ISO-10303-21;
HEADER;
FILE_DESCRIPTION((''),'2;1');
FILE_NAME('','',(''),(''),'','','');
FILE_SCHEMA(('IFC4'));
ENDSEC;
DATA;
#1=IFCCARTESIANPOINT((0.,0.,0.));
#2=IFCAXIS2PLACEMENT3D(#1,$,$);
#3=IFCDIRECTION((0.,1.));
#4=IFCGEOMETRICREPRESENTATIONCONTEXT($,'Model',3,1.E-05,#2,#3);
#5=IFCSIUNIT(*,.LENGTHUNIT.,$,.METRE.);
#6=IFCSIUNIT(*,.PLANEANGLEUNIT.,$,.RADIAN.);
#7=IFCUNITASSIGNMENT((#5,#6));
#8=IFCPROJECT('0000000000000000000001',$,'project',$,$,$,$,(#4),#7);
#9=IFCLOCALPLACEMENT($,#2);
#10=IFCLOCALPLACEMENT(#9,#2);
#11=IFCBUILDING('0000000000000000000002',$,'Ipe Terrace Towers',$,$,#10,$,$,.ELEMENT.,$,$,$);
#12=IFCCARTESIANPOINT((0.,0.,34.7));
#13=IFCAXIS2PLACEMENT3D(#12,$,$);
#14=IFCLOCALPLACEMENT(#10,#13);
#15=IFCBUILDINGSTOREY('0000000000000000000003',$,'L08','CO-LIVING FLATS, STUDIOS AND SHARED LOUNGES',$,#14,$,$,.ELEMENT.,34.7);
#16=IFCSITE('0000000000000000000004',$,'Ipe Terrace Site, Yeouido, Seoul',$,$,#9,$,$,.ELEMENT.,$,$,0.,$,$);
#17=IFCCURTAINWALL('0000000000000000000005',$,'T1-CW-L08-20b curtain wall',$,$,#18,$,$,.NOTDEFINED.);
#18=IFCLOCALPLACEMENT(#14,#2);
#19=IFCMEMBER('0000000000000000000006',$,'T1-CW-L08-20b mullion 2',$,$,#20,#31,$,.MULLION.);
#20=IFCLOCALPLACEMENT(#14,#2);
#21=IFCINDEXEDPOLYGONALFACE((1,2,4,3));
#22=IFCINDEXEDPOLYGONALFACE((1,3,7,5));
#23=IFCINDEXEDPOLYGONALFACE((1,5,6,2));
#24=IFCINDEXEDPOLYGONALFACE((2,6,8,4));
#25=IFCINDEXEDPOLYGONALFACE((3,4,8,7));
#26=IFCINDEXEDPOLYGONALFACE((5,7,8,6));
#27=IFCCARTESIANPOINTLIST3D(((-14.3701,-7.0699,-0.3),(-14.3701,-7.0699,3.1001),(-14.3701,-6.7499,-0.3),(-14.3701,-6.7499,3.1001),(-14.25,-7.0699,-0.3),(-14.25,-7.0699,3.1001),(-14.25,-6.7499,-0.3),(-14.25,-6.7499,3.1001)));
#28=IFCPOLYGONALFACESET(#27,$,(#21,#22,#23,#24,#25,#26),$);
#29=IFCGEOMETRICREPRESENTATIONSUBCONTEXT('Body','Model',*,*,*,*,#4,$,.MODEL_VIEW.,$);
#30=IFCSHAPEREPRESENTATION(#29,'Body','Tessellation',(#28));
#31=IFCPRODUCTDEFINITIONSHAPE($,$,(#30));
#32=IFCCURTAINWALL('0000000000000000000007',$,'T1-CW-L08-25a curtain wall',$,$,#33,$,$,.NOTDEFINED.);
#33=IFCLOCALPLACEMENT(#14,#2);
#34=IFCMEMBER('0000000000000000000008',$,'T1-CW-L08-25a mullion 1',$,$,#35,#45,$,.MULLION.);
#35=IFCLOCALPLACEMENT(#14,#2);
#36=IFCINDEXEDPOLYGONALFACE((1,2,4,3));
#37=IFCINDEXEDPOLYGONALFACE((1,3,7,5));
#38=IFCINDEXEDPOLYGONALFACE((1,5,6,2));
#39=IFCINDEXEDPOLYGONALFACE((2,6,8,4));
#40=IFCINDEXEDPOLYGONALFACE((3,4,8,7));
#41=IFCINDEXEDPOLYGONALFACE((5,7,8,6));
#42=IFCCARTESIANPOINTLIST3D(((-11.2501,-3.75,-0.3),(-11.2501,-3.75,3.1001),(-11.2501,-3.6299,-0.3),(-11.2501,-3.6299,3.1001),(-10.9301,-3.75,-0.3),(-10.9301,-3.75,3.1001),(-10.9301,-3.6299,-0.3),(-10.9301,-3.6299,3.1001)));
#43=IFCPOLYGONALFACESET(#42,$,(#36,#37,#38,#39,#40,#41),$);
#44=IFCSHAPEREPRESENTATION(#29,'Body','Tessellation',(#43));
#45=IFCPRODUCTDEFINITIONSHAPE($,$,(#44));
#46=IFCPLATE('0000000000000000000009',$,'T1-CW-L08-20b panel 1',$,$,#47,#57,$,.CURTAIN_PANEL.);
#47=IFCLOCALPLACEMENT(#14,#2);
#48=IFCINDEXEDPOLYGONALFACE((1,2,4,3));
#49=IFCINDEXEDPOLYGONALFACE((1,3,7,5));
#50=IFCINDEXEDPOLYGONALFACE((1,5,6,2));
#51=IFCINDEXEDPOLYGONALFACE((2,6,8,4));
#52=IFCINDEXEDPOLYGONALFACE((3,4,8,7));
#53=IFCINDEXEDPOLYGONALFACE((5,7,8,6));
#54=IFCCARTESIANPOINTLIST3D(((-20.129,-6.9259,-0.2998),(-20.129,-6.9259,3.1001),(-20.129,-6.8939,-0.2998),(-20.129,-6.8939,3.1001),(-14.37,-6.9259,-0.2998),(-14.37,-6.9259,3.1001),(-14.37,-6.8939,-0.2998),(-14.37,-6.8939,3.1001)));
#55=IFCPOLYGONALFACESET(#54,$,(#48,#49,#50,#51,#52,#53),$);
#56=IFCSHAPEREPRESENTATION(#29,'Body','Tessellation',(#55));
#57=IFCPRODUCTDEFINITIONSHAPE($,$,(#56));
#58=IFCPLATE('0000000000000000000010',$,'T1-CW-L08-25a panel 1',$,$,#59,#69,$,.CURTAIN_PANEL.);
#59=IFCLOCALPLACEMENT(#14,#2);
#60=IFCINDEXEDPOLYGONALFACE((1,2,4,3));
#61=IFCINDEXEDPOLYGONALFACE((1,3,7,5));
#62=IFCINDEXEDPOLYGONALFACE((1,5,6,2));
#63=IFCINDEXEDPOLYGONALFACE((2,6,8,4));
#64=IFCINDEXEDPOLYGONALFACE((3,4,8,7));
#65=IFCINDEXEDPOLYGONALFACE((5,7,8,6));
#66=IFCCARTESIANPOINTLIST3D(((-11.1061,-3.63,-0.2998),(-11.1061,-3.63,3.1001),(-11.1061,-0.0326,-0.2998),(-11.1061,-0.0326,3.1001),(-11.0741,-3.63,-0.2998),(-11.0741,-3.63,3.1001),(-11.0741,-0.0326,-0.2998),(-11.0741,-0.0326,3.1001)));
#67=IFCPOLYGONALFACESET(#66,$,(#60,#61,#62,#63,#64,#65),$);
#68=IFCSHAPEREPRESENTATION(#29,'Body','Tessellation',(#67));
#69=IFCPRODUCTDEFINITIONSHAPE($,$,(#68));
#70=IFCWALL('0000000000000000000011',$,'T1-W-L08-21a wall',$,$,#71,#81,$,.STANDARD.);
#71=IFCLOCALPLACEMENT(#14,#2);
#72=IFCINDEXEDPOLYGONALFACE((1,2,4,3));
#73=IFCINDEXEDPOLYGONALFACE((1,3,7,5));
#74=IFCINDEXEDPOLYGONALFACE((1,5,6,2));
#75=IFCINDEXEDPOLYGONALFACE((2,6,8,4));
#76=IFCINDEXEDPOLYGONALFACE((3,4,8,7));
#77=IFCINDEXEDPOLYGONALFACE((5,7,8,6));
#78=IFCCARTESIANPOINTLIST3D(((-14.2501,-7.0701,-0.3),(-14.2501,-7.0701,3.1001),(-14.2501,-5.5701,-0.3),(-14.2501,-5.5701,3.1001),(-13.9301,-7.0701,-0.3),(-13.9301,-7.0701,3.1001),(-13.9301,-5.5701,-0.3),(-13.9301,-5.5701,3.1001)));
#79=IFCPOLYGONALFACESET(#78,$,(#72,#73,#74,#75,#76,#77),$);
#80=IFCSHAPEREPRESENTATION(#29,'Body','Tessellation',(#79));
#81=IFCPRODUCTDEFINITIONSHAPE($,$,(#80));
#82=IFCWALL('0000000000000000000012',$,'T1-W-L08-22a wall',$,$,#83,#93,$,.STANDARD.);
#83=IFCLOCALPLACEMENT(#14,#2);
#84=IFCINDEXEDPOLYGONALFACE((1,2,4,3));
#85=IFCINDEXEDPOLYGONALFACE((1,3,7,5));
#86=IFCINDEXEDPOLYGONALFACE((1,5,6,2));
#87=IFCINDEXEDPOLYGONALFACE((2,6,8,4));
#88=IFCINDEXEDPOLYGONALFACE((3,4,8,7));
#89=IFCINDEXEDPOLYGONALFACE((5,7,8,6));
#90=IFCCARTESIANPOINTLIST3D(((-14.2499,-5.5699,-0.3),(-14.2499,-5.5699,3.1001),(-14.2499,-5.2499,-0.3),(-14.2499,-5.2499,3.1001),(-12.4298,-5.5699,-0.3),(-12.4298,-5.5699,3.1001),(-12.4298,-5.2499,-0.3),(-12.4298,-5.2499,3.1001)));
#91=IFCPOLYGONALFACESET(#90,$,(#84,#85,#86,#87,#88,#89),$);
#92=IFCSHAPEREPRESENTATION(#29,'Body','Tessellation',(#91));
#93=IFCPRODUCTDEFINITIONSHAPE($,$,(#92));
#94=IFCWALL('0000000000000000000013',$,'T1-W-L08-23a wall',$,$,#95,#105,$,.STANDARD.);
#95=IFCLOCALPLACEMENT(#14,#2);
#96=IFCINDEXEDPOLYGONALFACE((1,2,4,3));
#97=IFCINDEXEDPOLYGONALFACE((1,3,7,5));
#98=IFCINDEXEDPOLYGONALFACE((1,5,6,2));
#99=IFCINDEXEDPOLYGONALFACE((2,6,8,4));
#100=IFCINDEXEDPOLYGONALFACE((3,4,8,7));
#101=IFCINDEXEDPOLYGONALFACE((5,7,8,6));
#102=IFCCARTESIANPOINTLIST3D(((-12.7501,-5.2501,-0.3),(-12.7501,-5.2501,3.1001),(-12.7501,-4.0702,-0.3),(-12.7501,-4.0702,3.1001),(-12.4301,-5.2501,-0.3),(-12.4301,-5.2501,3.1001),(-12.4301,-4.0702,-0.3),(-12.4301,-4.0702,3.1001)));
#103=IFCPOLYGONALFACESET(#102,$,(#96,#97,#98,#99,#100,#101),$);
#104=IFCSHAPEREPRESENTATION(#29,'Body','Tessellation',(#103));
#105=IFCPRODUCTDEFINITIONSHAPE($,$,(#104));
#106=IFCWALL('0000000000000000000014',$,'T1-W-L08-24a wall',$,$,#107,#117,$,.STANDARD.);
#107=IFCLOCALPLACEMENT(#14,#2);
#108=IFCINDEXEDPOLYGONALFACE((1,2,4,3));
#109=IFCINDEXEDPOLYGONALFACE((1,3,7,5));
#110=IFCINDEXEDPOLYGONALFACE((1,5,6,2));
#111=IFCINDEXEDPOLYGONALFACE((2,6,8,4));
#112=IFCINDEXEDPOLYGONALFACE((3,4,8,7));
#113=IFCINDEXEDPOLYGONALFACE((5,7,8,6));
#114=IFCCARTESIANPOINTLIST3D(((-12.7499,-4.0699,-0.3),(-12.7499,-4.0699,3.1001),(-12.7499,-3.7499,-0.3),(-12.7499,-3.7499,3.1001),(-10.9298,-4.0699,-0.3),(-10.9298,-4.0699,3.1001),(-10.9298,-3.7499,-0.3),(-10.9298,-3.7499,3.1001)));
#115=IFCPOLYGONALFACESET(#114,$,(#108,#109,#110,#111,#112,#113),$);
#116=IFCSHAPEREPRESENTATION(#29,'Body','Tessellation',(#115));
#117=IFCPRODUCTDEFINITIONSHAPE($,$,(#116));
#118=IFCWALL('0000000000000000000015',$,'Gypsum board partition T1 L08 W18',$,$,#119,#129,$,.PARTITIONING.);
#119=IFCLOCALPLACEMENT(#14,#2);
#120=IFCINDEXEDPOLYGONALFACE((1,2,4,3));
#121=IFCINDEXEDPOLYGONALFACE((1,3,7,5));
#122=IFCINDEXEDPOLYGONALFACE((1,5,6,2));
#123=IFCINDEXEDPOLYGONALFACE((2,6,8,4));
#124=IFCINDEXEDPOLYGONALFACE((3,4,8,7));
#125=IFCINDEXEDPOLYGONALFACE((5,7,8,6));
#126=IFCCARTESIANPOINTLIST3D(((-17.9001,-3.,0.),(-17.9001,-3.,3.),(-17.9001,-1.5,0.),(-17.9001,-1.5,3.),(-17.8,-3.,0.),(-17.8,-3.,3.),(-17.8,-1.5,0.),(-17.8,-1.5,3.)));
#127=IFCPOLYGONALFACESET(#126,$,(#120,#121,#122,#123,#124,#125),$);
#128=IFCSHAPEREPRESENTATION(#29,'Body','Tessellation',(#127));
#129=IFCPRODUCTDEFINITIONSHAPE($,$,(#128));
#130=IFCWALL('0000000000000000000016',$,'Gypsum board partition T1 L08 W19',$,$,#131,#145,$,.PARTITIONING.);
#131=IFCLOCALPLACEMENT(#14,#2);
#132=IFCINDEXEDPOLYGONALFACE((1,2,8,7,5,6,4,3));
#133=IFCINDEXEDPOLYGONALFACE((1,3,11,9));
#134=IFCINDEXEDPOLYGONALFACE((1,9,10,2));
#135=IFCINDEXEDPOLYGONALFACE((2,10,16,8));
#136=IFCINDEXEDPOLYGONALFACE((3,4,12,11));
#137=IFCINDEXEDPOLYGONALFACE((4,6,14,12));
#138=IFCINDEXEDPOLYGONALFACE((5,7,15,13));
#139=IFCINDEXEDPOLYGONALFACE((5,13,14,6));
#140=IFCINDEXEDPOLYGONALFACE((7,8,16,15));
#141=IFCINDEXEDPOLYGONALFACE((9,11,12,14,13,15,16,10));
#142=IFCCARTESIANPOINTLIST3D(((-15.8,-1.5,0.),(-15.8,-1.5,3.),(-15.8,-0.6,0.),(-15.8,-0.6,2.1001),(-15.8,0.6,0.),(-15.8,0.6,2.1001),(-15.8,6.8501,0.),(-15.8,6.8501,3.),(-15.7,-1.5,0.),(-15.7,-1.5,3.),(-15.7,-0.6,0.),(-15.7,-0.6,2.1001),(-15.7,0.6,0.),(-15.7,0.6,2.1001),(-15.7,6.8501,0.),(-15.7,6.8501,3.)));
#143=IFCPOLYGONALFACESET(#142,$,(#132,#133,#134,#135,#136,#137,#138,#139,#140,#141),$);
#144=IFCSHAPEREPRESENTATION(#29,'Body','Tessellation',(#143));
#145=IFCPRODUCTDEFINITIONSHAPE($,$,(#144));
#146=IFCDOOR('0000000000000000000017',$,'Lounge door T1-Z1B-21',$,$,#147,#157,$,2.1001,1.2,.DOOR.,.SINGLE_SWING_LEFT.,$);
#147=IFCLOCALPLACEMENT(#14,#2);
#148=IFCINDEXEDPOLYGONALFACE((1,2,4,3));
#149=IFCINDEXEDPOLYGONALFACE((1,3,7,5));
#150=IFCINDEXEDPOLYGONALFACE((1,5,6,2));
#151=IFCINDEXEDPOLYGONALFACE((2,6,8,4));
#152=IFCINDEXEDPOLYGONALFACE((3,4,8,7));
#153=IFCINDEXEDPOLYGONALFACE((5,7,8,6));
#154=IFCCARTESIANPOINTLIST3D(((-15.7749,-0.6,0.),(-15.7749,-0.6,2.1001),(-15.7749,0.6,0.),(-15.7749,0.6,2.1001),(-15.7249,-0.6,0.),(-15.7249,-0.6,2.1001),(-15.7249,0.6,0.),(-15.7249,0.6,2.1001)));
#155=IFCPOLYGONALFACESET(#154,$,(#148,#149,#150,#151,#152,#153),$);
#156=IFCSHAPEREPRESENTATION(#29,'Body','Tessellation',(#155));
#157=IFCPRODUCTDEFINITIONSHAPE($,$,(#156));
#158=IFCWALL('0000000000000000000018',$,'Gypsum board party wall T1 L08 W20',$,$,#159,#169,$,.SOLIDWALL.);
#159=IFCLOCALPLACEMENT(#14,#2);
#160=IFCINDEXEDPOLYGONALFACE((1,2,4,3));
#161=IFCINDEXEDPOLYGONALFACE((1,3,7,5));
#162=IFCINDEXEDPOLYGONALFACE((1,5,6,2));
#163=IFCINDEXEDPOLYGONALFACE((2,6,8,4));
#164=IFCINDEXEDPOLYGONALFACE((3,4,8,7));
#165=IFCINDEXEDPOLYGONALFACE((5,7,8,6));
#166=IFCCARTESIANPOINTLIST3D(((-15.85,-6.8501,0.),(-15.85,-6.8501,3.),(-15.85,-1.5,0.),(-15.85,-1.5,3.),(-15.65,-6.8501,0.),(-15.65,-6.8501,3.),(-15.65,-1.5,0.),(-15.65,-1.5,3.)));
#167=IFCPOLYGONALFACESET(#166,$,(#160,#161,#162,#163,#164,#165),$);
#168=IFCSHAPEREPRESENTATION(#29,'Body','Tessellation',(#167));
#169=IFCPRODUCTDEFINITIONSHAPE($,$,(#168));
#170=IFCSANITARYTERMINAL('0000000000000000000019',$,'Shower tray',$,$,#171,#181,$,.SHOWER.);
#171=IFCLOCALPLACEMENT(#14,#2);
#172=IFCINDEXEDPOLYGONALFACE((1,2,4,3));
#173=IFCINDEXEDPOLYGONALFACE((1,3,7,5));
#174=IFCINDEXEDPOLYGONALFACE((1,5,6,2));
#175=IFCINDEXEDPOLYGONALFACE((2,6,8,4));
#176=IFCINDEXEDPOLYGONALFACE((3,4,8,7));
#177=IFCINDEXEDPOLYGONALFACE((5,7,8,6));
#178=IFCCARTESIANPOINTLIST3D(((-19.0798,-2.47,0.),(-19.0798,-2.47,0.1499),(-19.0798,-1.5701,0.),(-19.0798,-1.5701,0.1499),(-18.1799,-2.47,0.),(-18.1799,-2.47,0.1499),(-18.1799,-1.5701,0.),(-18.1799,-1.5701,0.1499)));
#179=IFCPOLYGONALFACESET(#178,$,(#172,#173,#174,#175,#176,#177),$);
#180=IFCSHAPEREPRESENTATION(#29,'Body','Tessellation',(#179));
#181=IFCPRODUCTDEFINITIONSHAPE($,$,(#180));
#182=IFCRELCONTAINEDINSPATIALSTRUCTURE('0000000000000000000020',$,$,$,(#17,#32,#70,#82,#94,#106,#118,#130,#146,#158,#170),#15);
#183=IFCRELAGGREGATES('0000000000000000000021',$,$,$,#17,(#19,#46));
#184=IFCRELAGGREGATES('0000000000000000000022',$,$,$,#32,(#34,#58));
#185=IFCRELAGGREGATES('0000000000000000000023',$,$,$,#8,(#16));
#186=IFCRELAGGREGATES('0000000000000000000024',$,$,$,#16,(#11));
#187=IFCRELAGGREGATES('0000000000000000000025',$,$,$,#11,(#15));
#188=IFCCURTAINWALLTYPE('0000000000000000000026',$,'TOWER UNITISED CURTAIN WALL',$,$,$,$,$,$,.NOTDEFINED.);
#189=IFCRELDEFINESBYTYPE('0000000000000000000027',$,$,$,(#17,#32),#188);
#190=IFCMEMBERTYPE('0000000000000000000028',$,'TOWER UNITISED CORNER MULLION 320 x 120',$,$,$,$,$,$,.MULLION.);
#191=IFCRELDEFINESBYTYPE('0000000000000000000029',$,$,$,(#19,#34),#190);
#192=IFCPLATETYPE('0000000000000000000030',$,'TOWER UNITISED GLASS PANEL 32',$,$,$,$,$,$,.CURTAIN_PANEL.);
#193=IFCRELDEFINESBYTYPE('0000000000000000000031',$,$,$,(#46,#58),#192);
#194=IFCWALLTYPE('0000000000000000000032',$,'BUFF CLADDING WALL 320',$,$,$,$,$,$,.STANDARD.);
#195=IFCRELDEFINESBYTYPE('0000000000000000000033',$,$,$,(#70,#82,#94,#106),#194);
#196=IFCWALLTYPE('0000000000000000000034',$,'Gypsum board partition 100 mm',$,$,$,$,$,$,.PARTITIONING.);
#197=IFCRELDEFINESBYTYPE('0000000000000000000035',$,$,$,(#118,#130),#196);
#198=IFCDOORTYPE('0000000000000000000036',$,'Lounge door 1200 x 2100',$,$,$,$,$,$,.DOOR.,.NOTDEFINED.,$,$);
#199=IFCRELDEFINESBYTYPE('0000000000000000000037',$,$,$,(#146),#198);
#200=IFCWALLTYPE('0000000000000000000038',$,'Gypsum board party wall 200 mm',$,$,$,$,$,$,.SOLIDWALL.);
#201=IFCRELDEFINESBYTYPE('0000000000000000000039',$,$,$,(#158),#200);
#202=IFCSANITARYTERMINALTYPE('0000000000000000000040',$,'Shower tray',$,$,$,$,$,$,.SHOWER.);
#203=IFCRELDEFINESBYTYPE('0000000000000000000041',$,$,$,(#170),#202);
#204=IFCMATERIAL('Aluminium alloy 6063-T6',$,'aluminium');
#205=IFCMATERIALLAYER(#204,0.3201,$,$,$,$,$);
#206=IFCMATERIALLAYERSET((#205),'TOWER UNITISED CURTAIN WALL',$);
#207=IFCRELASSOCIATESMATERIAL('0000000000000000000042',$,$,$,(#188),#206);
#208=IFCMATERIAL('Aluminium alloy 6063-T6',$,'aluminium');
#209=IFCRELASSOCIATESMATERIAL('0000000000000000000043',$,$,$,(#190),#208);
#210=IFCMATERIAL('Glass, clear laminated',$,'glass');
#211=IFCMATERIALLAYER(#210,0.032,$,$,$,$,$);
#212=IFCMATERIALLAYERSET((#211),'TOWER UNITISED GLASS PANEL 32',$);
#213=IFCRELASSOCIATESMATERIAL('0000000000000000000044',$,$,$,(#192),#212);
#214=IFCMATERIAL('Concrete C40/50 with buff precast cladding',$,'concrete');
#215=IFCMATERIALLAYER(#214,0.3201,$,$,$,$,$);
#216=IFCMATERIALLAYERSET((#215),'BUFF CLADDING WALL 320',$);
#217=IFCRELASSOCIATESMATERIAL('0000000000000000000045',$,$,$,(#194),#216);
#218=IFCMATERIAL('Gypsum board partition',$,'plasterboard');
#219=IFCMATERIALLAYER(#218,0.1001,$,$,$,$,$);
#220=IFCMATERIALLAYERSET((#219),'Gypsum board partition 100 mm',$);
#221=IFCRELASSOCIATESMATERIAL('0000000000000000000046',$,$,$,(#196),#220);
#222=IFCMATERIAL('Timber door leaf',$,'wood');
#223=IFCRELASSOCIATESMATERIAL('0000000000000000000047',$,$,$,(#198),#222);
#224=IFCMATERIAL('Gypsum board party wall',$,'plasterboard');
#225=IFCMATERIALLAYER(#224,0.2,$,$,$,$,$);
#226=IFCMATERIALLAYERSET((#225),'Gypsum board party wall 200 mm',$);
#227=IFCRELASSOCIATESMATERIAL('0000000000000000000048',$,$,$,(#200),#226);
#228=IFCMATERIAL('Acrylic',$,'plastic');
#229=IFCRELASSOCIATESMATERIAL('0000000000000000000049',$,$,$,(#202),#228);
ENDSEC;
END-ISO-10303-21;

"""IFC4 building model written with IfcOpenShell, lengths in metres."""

from ifc_helpers import new_model, si_unit, direction, frame, frame_2d, origin, origin_2d, place, context, subcontext, project, spatial, rectangle, extrude, material, layer, layer_set, material_profile, profile_set, type_object, element, fill, aggregate, save


model = new_model("IFC4")

# Units and contexts
model_context = context("Model", 3, precision=1e-05, world=origin(), true_north=direction((0.0, 1.0)))
body_context = subcontext(model_context, "Body", "Model", "MODEL_VIEW")
ifc_project = project(units=[si_unit("LENGTHUNIT", "METRE"), si_unit("PLANEANGLEUNIT", "RADIAN")], contexts=[model_context])

# Site, building, storey
site_placement = place(None, origin())
site = spatial("IfcSite", under=ifc_project, at=site_placement, Name="Ipe Terrace Site, Yeouido, Seoul", CompositionType="ELEMENT", RefElevation=0.0)
building_placement = place(site_placement, origin())
building = spatial("IfcBuilding", under=site, at=building_placement, Name="Ipe Terrace Towers", CompositionType="ELEMENT")
storey_placement = place(building_placement, frame((0.0, 0.0, 34.7)))
storey = spatial("IfcBuildingStorey", under=building, at=storey_placement, Name="L08", Description="CO-LIVING FLATS, STUDIOS AND SHARED LOUNGES", CompositionType="ELEMENT", Elevation=34.7)

# Curtain walls, members
ifc_material_1 = material(Name="Aluminium alloy 6063-T6", Category="aluminium")
ifc_layer_1 = layer(ifc_material_1, 0.3201)
ifc_layer_set_1 = layer_set([ifc_layer_1], Name="TOWER UNITISED CURTAIN WALL")
curtain_wall_type = type_object("IfcCurtainWallType", Name="TOWER UNITISED CURTAIN WALL", PredefinedType="NOTDEFINED", material=ifc_layer_set_1)
curtain_wall_1_placement = place(storey_placement, origin())
curtain_wall_1 = element("IfcCurtainWall", 1, at=curtain_wall_1_placement, inside=storey, type_object=curtain_wall_type, Name="T1-CW-L08-20b curtain wall", PredefinedType="NOTDEFINED")
ifc_material_2 = material(Name="Aluminium alloy 6063-T6", Category="aluminium")
ifc_material_profile_1 = material_profile(ifc_material_2, rectangle(XDim=0.3201, YDim=0.1201, at=origin_2d()), Name="TOWER UNITISED CORNER MULLION 320 x 120")
ifc_profile_set_1 = profile_set([ifc_material_profile_1], Name="Aluminium alloy 6063-T6")
member_type = type_object("IfcMemberType", Name="TOWER UNITISED CORNER MULLION 320 x 120", PredefinedType="MULLION", material=ifc_profile_set_1)
member_1_placement = place(storey_placement, frame((-14.3101, -6.9099, -0.3), z_axis=(0.0, 0.0, 1.0), x_axis=(0.0, -1.0, 0.0)))
member_1 = element("IfcMember", 2, at=member_1_placement, type_object=member_type, Name="T1-CW-L08-20b mullion 2", PredefinedType="MULLION", context=body_context, shape_type="SweptSolid", body=[
    extrude(rectangle(XDim=0.3201, YDim=0.1201, at=origin_2d()), origin(), (0.0, 0.0, 1.0), 3.4001),
])
curtain_wall_2_placement = place(storey_placement, origin())
curtain_wall_2 = element("IfcCurtainWall", 3, at=curtain_wall_2_placement, inside=storey, type_object=curtain_wall_type, Name="T1-CW-L08-25a curtain wall", PredefinedType="NOTDEFINED")
member_2_placement = place(storey_placement, frame((-11.0901, -3.6899, -0.3), z_axis=(0.0, 0.0, 1.0), x_axis=(1.0, 0.0, 0.0)))
member_2 = element("IfcMember", 4, at=member_2_placement, type_object=member_type, Name="T1-CW-L08-25a mullion 1", PredefinedType="MULLION", context=body_context, shape_type="SweptSolid", body=[
    extrude(rectangle(XDim=0.3201, YDim=0.1201, at=origin_2d()), origin(), (0.0, 0.0, 1.0), 3.4001),
])

# Plates
ifc_material_3 = material(Name="Glass, clear laminated", Category="glass")
ifc_layer_2 = layer(ifc_material_3, 0.032)
ifc_layer_set_2 = layer_set([ifc_layer_2], Name="TOWER UNITISED GLASS PANEL 32")
plate_type = type_object("IfcPlateType", Name="TOWER UNITISED GLASS PANEL 32", PredefinedType="CURTAIN_PANEL", material=ifc_layer_set_2)
plate_1_placement = place(storey_placement, frame((-17.2495, -6.9099, -0.2998), z_axis=(0.0, 0.0, 1.0), x_axis=(1.0, 0.0, 0.0)))
plate_1 = element("IfcPlate", 5, at=plate_1_placement, type_object=plate_type, Name="T1-CW-L08-20b panel 1", PredefinedType="CURTAIN_PANEL", context=body_context, shape_type="SweptSolid", body=[
    extrude(rectangle(XDim=5.759, YDim=0.032, at=origin_2d()), origin(), (0.0, 0.0, 1.0), 3.3999),
])
aggregate(curtain_wall_1, [member_1, plate_1])
plate_2_placement = place(storey_placement, frame((-11.0901, -1.8313, -0.2998), z_axis=(0.0, 0.0, 1.0), x_axis=(0.0, 1.0, 0.0)))
plate_2 = element("IfcPlate", 6, at=plate_2_placement, type_object=plate_type, Name="T1-CW-L08-25a panel 1", PredefinedType="CURTAIN_PANEL", context=body_context, shape_type="SweptSolid", body=[
    extrude(rectangle(XDim=3.5974, YDim=0.032, at=origin_2d()), origin(), (0.0, 0.0, 1.0), 3.3999),
])
aggregate(curtain_wall_2, [member_2, plate_2])

# Walls
ifc_material_4 = material(Name="Concrete C40/50 with buff precast cladding", Category="concrete")
ifc_layer_3 = layer(ifc_material_4, 0.3201)
ifc_layer_set_3 = layer_set([ifc_layer_3], Name="BUFF CLADDING WALL 320")
wall_type_1 = type_object("IfcWallType", Name="BUFF CLADDING WALL 320", PredefinedType="STANDARD", material=ifc_layer_set_3)
wall_1_placement = place(storey_placement, frame((-14.0901, -7.0701, -0.3), z_axis=(0.0, 0.0, 1.0), x_axis=(0.0, 1.0, 0.0)))
element("IfcWall", 7, at=wall_1_placement, inside=storey, type_object=wall_type_1, Name="T1-W-L08-21a wall", PredefinedType="STANDARD", context=body_context, shape_type="SweptSolid", body=[
    extrude(rectangle(XDim=1.5, YDim=0.3201, at=frame_2d((0.75, 0.0))), origin(), (0.0, 0.0, 1.0), 3.4001),
])
wall_2_placement = place(storey_placement, frame((-14.25, -5.4099, -0.3), z_axis=(0.0, 0.0, 1.0), x_axis=(1.0, 0.0, 0.0)))
element("IfcWall", 8, at=wall_2_placement, inside=storey, type_object=wall_type_1, Name="T1-W-L08-22a wall", PredefinedType="STANDARD", context=body_context, shape_type="SweptSolid", body=[
    extrude(rectangle(XDim=1.8201, YDim=0.3201, at=frame_2d((0.9102, 0.0))), origin(), (0.0, 0.0, 1.0), 3.4001),
])
wall_3_placement = place(storey_placement, frame((-12.5901, -5.25, -0.3), z_axis=(0.0, 0.0, 1.0), x_axis=(0.0, 1.0, 0.0)))
element("IfcWall", 9, at=wall_3_placement, inside=storey, type_object=wall_type_1, Name="T1-W-L08-23a wall", PredefinedType="STANDARD", context=body_context, shape_type="SweptSolid", body=[
    extrude(rectangle(XDim=1.1799, YDim=0.3201, at=frame_2d((0.5898, 0.0))), origin(), (0.0, 0.0, 1.0), 3.4001),
])
wall_4_placement = place(storey_placement, frame((-12.75, -3.9099, -0.3), z_axis=(0.0, 0.0, 1.0), x_axis=(1.0, 0.0, 0.0)))
element("IfcWall", 10, at=wall_4_placement, inside=storey, type_object=wall_type_1, Name="T1-W-L08-24a wall", PredefinedType="STANDARD", context=body_context, shape_type="SweptSolid", body=[
    extrude(rectangle(XDim=1.8201, YDim=0.3201, at=frame_2d((0.9102, 0.0))), origin(), (0.0, 0.0, 1.0), 3.4001),
])
ifc_material_5 = material(Name="Gypsum board partition", Category="plasterboard")
ifc_layer_4 = layer(ifc_material_5, 0.1001)
ifc_layer_set_4 = layer_set([ifc_layer_4], Name="Gypsum board partition 100 mm")
wall_type_2 = type_object("IfcWallType", Name="Gypsum board partition 100 mm", PredefinedType="PARTITIONING", material=ifc_layer_set_4)
wall_5_placement = place(storey_placement, frame((-17.8501, -3.0, 0.0), z_axis=(0.0, 0.0, 1.0), x_axis=(0.0, 1.0, 0.0)))
element("IfcWall", 11, at=wall_5_placement, inside=storey, type_object=wall_type_2, Name="Gypsum board partition T1 L08 W18", PredefinedType="PARTITIONING", context=body_context, shape_type="SweptSolid", body=[
    extrude(rectangle(XDim=1.5, YDim=0.1001, at=frame_2d((0.75, 0.0))), origin(), (0.0, 0.0, 1.0), 3.0),
])

# Wall, opening, door
wall_6_placement = place(storey_placement, frame((-15.75, -1.5, 0.0), z_axis=(0.0, 0.0, 1.0), x_axis=(0.0, 1.0, 0.0)))
wall_6 = element("IfcWall", 12, at=wall_6_placement, inside=storey, type_object=wall_type_2, Name="Gypsum board partition T1 L08 W19", PredefinedType="PARTITIONING", context=body_context, shape_type="SweptSolid", body=[
    extrude(rectangle(XDim=8.3501, YDim=0.1001, at=frame_2d((4.175, 0.0))), origin(), (0.0, 0.0, 1.0), 3.0),
])
opening_placement = place(wall_6_placement, frame((0.8999, 0.0, 0.0)))
opening = element("IfcOpeningElement", 13, at=opening_placement, cuts=wall_6, PredefinedType="OPENING", context=body_context, shape_type="SweptSolid", body=[
    extrude(rectangle(XDim=1.2, YDim=2.1001, at=frame_2d((0.6001, 1.05))), frame((0.0, 0.0601, 0.0), z_axis=(0.0, -1.0, 0.0), x_axis=(1.0, 0.0, 0.0)), (0.0, 0.0, 1.0), 0.1201),
])
ifc_material_6 = material(Name="Timber door leaf", Category="wood")
door_type = type_object("IfcDoorType", Name="Lounge door 1200 x 2100", OperationType="NOTDEFINED", PredefinedType="DOOR", material=ifc_material_6)
door_placement = place(opening_placement, origin())
door = element("IfcDoor", 14, at=door_placement, inside=storey, type_object=door_type, Name="Lounge door T1-Z1B-21", OperationType="SINGLE_SWING_LEFT", OverallHeight=2.1001, OverallWidth=1.2, PredefinedType="DOOR", context=body_context, shape_type="SweptSolid", body=[
    extrude(rectangle(XDim=1.2, YDim=2.1001, at=frame_2d((0.6001, 1.05))), frame((0.0, 0.0249, 0.0), z_axis=(0.0, -1.0, 0.0), x_axis=(1.0, 0.0, 0.0)), (0.0, 0.0, 1.0), 0.05),
])
fill(opening, door)

# Wall
ifc_material_7 = material(Name="Gypsum board party wall", Category="plasterboard")
ifc_layer_5 = layer(ifc_material_7, 0.2)
ifc_layer_set_5 = layer_set([ifc_layer_5], Name="Gypsum board party wall 200 mm")
wall_type_3 = type_object("IfcWallType", Name="Gypsum board party wall 200 mm", PredefinedType="SOLIDWALL", material=ifc_layer_set_5)
wall_7_placement = place(storey_placement, frame((-15.75, -6.8501, 0.0), z_axis=(0.0, 0.0, 1.0), x_axis=(0.0, 1.0, 0.0)))
element("IfcWall", 15, at=wall_7_placement, inside=storey, type_object=wall_type_3, Name="Gypsum board party wall T1 L08 W20", PredefinedType="SOLIDWALL", context=body_context, shape_type="SweptSolid", body=[
    extrude(rectangle(XDim=5.3501, YDim=0.2, at=frame_2d((2.675, 0.0))), origin(), (0.0, 0.0, 1.0), 3.0),
])

# Sanitary terminal
ifc_material_8 = material(Name="Acrylic", Category="plastic")
sanitary_terminal_type = type_object("IfcSanitaryTerminalType", Name="Shower tray", PredefinedType="SHOWER", material=ifc_material_8)
sanitary_terminal_placement = place(storey_placement, frame((-18.6299, -2.02, 0.0), z_axis=(0.0, 0.0, 1.0), x_axis=(0.0, -1.0, 0.0)))
element("IfcSanitaryTerminal", 16, at=sanitary_terminal_placement, inside=storey, type_object=sanitary_terminal_type, Name="Shower tray", PredefinedType="SHOWER", context=body_context, shape_type="SweptSolid", body=[
    extrude(rectangle(XDim=0.8999, YDim=0.8999, at=origin_2d()), origin(), (0.0, 0.0, 1.0), 0.1499),
])

save(model, "model.ifc")
